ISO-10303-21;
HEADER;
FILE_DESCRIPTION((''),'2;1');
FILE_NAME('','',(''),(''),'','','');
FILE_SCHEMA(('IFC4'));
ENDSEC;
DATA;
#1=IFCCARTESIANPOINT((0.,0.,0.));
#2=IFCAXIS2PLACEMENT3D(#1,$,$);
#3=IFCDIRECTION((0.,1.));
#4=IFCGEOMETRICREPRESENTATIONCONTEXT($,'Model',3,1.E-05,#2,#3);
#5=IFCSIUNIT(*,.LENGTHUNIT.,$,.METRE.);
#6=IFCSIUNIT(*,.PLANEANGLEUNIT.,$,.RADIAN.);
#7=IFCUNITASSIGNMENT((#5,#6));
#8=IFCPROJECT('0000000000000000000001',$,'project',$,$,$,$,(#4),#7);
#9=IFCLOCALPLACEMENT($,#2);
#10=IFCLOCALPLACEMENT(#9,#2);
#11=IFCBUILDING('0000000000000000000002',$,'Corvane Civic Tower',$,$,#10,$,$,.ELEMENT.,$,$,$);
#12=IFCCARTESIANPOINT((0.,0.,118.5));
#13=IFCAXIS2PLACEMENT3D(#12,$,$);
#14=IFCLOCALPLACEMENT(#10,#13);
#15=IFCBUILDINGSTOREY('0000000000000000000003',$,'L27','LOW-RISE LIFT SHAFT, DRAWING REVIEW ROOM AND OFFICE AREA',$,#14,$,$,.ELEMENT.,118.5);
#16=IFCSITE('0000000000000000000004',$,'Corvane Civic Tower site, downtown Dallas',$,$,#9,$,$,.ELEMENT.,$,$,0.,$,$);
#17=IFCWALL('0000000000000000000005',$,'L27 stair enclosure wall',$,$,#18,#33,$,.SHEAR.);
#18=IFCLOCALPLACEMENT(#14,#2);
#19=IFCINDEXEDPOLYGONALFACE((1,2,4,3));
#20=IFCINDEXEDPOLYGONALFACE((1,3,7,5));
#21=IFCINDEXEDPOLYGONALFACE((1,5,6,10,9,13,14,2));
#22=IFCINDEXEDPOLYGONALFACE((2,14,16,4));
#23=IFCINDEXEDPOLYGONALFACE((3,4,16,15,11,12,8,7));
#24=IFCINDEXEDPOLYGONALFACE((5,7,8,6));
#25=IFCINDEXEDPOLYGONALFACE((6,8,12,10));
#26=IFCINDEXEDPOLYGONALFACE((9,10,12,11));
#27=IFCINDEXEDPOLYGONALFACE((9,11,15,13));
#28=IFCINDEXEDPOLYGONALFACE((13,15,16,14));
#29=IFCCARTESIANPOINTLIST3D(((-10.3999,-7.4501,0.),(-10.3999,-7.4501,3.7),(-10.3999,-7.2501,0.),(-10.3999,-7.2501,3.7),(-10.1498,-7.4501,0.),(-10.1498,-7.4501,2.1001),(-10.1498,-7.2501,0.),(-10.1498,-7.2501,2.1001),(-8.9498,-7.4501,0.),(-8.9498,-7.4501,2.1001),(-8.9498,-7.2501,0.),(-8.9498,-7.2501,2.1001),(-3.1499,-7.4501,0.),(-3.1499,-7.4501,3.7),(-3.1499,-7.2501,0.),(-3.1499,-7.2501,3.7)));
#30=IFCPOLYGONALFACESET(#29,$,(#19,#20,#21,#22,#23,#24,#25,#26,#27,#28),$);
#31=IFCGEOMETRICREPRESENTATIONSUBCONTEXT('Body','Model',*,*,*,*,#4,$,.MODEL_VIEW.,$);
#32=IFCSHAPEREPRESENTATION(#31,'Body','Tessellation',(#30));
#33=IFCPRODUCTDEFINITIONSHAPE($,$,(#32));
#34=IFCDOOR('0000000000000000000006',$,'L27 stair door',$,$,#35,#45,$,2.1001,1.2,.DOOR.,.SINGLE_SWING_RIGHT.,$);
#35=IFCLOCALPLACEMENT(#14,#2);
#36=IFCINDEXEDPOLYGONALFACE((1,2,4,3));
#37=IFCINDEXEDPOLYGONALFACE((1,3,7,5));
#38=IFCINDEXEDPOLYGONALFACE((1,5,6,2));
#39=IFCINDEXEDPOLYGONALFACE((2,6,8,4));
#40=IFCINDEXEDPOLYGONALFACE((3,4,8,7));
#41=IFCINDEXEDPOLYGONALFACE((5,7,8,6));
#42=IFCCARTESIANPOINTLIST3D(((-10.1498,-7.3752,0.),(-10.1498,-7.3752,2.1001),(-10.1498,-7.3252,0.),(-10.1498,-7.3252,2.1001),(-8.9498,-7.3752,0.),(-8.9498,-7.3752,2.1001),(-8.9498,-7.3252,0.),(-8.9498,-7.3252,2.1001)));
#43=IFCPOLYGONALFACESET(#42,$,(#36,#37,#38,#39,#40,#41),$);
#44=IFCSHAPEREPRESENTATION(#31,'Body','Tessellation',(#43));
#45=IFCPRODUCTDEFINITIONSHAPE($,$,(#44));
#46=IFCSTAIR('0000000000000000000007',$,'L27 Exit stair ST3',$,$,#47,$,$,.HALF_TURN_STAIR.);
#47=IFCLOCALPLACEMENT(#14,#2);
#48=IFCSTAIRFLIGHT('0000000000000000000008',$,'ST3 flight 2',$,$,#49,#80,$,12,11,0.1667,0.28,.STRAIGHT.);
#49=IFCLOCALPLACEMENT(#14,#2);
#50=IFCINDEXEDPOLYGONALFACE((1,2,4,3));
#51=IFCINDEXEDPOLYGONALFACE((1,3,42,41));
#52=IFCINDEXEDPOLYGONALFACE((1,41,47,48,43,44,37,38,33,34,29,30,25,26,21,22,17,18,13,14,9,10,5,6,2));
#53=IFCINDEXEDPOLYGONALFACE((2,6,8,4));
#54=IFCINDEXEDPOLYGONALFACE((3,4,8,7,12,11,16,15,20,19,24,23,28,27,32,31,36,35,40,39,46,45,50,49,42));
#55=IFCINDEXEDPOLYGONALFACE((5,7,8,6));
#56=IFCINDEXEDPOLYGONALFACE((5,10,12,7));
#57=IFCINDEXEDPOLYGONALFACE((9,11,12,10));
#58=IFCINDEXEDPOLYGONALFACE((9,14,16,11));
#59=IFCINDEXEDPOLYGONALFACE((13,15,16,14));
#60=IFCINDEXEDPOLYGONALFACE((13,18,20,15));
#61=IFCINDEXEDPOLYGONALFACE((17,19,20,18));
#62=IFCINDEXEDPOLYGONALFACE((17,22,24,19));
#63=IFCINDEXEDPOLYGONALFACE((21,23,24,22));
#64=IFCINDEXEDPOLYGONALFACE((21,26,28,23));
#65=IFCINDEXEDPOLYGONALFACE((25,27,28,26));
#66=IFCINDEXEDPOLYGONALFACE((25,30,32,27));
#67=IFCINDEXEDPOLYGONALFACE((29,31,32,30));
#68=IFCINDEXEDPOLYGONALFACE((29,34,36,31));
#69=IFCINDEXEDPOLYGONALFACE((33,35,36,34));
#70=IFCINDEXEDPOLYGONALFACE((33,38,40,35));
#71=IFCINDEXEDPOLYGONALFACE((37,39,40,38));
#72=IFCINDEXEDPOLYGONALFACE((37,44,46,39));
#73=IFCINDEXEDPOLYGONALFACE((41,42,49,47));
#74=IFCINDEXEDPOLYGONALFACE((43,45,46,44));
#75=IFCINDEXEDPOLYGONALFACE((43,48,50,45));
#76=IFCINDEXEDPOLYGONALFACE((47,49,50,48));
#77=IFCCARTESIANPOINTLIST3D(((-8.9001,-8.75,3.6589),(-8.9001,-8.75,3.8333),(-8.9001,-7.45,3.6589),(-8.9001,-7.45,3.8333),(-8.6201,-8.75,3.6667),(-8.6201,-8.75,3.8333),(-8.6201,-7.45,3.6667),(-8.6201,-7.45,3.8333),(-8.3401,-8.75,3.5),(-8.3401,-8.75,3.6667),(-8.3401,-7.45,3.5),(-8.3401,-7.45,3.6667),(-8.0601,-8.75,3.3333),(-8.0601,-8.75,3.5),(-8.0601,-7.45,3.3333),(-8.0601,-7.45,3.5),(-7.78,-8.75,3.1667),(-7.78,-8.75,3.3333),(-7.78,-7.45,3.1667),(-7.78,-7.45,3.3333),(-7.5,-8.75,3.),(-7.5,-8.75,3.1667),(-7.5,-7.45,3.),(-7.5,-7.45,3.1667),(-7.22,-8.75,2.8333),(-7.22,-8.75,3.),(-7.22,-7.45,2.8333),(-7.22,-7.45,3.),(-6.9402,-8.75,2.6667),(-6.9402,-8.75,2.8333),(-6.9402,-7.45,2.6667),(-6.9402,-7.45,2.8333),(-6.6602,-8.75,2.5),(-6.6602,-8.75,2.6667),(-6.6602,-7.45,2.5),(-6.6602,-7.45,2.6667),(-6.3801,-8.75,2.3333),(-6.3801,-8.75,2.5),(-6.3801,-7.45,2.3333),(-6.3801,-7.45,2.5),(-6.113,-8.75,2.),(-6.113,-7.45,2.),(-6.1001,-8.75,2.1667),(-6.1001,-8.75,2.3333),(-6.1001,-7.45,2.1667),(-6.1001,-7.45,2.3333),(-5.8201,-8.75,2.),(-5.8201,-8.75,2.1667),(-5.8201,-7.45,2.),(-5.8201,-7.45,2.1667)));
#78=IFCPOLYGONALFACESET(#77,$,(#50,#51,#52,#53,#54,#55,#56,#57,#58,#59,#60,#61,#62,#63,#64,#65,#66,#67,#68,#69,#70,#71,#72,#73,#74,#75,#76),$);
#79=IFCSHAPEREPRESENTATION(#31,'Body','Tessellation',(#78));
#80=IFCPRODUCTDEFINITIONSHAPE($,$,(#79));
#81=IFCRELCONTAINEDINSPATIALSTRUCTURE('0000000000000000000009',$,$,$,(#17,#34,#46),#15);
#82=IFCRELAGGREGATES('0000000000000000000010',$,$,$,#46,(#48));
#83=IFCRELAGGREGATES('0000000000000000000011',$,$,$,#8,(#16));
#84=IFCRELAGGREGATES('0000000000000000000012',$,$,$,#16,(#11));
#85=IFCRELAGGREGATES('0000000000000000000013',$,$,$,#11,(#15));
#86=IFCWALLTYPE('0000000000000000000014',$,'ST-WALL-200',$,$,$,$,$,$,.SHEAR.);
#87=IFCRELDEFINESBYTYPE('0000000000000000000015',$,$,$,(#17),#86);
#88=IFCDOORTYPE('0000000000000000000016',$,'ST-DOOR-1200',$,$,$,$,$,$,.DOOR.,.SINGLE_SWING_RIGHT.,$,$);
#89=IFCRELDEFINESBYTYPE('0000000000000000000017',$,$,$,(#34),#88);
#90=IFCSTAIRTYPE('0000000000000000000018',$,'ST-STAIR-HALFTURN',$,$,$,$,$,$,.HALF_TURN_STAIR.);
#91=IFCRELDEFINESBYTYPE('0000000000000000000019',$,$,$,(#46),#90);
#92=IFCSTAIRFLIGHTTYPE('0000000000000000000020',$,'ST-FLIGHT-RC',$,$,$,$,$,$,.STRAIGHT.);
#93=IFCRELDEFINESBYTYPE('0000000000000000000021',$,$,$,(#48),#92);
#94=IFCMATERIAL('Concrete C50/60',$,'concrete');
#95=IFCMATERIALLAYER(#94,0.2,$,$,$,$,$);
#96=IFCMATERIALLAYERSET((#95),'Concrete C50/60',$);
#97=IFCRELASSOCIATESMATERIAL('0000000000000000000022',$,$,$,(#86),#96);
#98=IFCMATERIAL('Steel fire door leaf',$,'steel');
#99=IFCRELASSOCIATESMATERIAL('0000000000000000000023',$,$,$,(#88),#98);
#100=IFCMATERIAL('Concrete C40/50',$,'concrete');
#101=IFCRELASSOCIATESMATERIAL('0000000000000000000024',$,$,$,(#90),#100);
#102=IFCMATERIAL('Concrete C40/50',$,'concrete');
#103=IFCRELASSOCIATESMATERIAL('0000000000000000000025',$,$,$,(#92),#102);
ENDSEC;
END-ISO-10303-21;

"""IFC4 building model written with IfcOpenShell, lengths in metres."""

from ifc_helpers import new_model, si_unit, direction, frame, frame_2d, origin, place, context, subcontext, project, spatial, polyline, rectangle, outline, extrude, material, layer, layer_set, type_object, element, fill, aggregate, save


model = new_model("IFC4")

# Units and contexts
model_context = context("Model", 3, precision=1e-05, world=origin(), true_north=direction((0.0, 1.0)))
body_context = subcontext(model_context, "Body", "Model", "MODEL_VIEW")
ifc_project = project(units=[si_unit("LENGTHUNIT", "METRE"), si_unit("PLANEANGLEUNIT", "RADIAN")], contexts=[model_context])

# Site, building, storey
site_placement = place(None, origin())
site = spatial("IfcSite", under=ifc_project, at=site_placement, Name="Corvane Civic Tower site, downtown Dallas", CompositionType="ELEMENT", RefElevation=0.0)
building_placement = place(site_placement, origin())
building = spatial("IfcBuilding", under=site, at=building_placement, Name="Corvane Civic Tower", CompositionType="ELEMENT")
storey_placement = place(building_placement, frame((0.0, 0.0, 118.5)))
storey = spatial("IfcBuildingStorey", under=building, at=storey_placement, Name="L27", Description="LOW-RISE LIFT SHAFT, DRAWING REVIEW ROOM AND OFFICE AREA", CompositionType="ELEMENT", Elevation=118.5)

# Wall, opening, door
ifc_material_1 = material(Name="Concrete C50/60", Category="concrete")
ifc_layer_1 = layer(ifc_material_1, 0.2)
ifc_layer_set_1 = layer_set([ifc_layer_1], Name="Concrete C50/60")
wall_type_1 = type_object("IfcWallType", Name="ST-WALL-200", PredefinedType="SHEAR", material=ifc_layer_set_1)
wall_1_placement = place(storey_placement, frame((-10.3999, -7.3501, 0.0), z_axis=(0.0, 0.0, 1.0), x_axis=(1.0, 0.0, 0.0)))
wall_1 = element("IfcWall", 1, at=wall_1_placement, inside=storey, type_object=wall_type_1, Name="L27 stair enclosure wall", PredefinedType="SHEAR", context=body_context, shape_type="SweptSolid", body=[
    extrude(rectangle(XDim=7.25, YDim=0.2, at=frame_2d((3.625, 0.0))), origin(), (0.0, 0.0, 1.0), 3.7),
])
opening_1_placement = place(wall_1_placement, frame((0.25, 0.0, 0.0)))
opening_1 = element("IfcOpeningElement", 2, at=opening_1_placement, cuts=wall_1, PredefinedType="OPENING", context=body_context, shape_type="SweptSolid", body=[
    extrude(rectangle(XDim=1.2, YDim=2.1001, at=frame_2d((0.6001, 1.05))), frame((0.0, 0.1099, 0.0), z_axis=(0.0, -1.0, 0.0), x_axis=(1.0, 0.0, 0.0)), (0.0, 0.0, 1.0), 0.22),
])
ifc_material_2 = material(Name="Steel fire door leaf", Category="steel")
door_type_1 = type_object("IfcDoorType", Name="ST-DOOR-1200", OperationType="SINGLE_SWING_RIGHT", PredefinedType="DOOR", material=ifc_material_2)
door_1_placement = place(opening_1_placement, origin())
door_1 = element("IfcDoor", 3, at=door_1_placement, inside=storey, type_object=door_type_1, Name="L27 stair door", OperationType="SINGLE_SWING_RIGHT", OverallHeight=2.1001, OverallWidth=1.2, PredefinedType="DOOR", context=body_context, shape_type="SweptSolid", body=[
    extrude(rectangle(XDim=1.2, YDim=2.1001, at=frame_2d((0.6001, 1.05))), frame((0.0, 0.0249, 0.0), z_axis=(0.0, -1.0, 0.0), x_axis=(1.0, 0.0, 0.0)), (0.0, 0.0, 1.0), 0.05),
])
fill(opening_1, door_1)

# Stair, stair flight
ifc_material_3 = material(Name="Concrete C40/50", Category="concrete")
stair_type = type_object("IfcStairType", Name="ST-STAIR-HALFTURN", PredefinedType="HALF_TURN_STAIR", material=ifc_material_3)
stair_placement = place(storey_placement, origin())
stair = element("IfcStair", 4, at=stair_placement, inside=storey, type_object=stair_type, Name="L27 Exit stair ST3", PredefinedType="HALF_TURN_STAIR")
ifc_material_4 = material(Name="Concrete C40/50", Category="concrete")
stair_flight_type = type_object("IfcStairFlightType", Name="ST-FLIGHT-RC", PredefinedType="STRAIGHT", material=ifc_material_4)
stair_flight_placement = place(storey_placement, frame((-5.8201, -8.1001, 2.0), z_axis=(0.0, 0.0, 1.0), x_axis=(-1.0, 0.0, 0.0)))
stair_flight = element("IfcStairFlight", 5, at=stair_flight_placement, type_object=stair_flight_type, Name="ST3 flight 2", NumberOfRisers=12, NumberOfTreads=11, PredefinedType="STRAIGHT", RiserHeight=0.1667, TreadLength=0.28, context=body_context, shape_type="SweptSolid", body=[
    extrude(outline(polyline([(0.0, 0.0), (0.0, 0.1667), (0.28, 0.1667), (0.28, 0.3333), (0.5601, 0.3333), (0.5601, 0.5), (0.8401, 0.5), (0.8401, 0.6667), (1.1201, 0.6667), (1.1201, 0.8333), (1.3999, 0.8333), (1.3999, 1.0), (1.6799, 1.0), (1.6799, 1.1667), (1.96, 1.1667), (1.96, 1.3333), (2.24, 1.3333), (2.24, 1.5), (2.52, 1.5), (2.52, 1.6667), (2.8, 1.6667), (2.8, 1.8333), (3.0801, 1.8333), (3.0801, 2.0), (3.0801, 1.6589), (0.293, 0.0), (0.0, 0.0)])), frame((0.0, 0.6499, 0.0), z_axis=(0.0, -1.0, 0.0), x_axis=(1.0, 0.0, 0.0)), (0.0, 0.0, 1.0), 1.3),
])
aggregate(stair, [stair_flight])

save(model, "model.ifc")
